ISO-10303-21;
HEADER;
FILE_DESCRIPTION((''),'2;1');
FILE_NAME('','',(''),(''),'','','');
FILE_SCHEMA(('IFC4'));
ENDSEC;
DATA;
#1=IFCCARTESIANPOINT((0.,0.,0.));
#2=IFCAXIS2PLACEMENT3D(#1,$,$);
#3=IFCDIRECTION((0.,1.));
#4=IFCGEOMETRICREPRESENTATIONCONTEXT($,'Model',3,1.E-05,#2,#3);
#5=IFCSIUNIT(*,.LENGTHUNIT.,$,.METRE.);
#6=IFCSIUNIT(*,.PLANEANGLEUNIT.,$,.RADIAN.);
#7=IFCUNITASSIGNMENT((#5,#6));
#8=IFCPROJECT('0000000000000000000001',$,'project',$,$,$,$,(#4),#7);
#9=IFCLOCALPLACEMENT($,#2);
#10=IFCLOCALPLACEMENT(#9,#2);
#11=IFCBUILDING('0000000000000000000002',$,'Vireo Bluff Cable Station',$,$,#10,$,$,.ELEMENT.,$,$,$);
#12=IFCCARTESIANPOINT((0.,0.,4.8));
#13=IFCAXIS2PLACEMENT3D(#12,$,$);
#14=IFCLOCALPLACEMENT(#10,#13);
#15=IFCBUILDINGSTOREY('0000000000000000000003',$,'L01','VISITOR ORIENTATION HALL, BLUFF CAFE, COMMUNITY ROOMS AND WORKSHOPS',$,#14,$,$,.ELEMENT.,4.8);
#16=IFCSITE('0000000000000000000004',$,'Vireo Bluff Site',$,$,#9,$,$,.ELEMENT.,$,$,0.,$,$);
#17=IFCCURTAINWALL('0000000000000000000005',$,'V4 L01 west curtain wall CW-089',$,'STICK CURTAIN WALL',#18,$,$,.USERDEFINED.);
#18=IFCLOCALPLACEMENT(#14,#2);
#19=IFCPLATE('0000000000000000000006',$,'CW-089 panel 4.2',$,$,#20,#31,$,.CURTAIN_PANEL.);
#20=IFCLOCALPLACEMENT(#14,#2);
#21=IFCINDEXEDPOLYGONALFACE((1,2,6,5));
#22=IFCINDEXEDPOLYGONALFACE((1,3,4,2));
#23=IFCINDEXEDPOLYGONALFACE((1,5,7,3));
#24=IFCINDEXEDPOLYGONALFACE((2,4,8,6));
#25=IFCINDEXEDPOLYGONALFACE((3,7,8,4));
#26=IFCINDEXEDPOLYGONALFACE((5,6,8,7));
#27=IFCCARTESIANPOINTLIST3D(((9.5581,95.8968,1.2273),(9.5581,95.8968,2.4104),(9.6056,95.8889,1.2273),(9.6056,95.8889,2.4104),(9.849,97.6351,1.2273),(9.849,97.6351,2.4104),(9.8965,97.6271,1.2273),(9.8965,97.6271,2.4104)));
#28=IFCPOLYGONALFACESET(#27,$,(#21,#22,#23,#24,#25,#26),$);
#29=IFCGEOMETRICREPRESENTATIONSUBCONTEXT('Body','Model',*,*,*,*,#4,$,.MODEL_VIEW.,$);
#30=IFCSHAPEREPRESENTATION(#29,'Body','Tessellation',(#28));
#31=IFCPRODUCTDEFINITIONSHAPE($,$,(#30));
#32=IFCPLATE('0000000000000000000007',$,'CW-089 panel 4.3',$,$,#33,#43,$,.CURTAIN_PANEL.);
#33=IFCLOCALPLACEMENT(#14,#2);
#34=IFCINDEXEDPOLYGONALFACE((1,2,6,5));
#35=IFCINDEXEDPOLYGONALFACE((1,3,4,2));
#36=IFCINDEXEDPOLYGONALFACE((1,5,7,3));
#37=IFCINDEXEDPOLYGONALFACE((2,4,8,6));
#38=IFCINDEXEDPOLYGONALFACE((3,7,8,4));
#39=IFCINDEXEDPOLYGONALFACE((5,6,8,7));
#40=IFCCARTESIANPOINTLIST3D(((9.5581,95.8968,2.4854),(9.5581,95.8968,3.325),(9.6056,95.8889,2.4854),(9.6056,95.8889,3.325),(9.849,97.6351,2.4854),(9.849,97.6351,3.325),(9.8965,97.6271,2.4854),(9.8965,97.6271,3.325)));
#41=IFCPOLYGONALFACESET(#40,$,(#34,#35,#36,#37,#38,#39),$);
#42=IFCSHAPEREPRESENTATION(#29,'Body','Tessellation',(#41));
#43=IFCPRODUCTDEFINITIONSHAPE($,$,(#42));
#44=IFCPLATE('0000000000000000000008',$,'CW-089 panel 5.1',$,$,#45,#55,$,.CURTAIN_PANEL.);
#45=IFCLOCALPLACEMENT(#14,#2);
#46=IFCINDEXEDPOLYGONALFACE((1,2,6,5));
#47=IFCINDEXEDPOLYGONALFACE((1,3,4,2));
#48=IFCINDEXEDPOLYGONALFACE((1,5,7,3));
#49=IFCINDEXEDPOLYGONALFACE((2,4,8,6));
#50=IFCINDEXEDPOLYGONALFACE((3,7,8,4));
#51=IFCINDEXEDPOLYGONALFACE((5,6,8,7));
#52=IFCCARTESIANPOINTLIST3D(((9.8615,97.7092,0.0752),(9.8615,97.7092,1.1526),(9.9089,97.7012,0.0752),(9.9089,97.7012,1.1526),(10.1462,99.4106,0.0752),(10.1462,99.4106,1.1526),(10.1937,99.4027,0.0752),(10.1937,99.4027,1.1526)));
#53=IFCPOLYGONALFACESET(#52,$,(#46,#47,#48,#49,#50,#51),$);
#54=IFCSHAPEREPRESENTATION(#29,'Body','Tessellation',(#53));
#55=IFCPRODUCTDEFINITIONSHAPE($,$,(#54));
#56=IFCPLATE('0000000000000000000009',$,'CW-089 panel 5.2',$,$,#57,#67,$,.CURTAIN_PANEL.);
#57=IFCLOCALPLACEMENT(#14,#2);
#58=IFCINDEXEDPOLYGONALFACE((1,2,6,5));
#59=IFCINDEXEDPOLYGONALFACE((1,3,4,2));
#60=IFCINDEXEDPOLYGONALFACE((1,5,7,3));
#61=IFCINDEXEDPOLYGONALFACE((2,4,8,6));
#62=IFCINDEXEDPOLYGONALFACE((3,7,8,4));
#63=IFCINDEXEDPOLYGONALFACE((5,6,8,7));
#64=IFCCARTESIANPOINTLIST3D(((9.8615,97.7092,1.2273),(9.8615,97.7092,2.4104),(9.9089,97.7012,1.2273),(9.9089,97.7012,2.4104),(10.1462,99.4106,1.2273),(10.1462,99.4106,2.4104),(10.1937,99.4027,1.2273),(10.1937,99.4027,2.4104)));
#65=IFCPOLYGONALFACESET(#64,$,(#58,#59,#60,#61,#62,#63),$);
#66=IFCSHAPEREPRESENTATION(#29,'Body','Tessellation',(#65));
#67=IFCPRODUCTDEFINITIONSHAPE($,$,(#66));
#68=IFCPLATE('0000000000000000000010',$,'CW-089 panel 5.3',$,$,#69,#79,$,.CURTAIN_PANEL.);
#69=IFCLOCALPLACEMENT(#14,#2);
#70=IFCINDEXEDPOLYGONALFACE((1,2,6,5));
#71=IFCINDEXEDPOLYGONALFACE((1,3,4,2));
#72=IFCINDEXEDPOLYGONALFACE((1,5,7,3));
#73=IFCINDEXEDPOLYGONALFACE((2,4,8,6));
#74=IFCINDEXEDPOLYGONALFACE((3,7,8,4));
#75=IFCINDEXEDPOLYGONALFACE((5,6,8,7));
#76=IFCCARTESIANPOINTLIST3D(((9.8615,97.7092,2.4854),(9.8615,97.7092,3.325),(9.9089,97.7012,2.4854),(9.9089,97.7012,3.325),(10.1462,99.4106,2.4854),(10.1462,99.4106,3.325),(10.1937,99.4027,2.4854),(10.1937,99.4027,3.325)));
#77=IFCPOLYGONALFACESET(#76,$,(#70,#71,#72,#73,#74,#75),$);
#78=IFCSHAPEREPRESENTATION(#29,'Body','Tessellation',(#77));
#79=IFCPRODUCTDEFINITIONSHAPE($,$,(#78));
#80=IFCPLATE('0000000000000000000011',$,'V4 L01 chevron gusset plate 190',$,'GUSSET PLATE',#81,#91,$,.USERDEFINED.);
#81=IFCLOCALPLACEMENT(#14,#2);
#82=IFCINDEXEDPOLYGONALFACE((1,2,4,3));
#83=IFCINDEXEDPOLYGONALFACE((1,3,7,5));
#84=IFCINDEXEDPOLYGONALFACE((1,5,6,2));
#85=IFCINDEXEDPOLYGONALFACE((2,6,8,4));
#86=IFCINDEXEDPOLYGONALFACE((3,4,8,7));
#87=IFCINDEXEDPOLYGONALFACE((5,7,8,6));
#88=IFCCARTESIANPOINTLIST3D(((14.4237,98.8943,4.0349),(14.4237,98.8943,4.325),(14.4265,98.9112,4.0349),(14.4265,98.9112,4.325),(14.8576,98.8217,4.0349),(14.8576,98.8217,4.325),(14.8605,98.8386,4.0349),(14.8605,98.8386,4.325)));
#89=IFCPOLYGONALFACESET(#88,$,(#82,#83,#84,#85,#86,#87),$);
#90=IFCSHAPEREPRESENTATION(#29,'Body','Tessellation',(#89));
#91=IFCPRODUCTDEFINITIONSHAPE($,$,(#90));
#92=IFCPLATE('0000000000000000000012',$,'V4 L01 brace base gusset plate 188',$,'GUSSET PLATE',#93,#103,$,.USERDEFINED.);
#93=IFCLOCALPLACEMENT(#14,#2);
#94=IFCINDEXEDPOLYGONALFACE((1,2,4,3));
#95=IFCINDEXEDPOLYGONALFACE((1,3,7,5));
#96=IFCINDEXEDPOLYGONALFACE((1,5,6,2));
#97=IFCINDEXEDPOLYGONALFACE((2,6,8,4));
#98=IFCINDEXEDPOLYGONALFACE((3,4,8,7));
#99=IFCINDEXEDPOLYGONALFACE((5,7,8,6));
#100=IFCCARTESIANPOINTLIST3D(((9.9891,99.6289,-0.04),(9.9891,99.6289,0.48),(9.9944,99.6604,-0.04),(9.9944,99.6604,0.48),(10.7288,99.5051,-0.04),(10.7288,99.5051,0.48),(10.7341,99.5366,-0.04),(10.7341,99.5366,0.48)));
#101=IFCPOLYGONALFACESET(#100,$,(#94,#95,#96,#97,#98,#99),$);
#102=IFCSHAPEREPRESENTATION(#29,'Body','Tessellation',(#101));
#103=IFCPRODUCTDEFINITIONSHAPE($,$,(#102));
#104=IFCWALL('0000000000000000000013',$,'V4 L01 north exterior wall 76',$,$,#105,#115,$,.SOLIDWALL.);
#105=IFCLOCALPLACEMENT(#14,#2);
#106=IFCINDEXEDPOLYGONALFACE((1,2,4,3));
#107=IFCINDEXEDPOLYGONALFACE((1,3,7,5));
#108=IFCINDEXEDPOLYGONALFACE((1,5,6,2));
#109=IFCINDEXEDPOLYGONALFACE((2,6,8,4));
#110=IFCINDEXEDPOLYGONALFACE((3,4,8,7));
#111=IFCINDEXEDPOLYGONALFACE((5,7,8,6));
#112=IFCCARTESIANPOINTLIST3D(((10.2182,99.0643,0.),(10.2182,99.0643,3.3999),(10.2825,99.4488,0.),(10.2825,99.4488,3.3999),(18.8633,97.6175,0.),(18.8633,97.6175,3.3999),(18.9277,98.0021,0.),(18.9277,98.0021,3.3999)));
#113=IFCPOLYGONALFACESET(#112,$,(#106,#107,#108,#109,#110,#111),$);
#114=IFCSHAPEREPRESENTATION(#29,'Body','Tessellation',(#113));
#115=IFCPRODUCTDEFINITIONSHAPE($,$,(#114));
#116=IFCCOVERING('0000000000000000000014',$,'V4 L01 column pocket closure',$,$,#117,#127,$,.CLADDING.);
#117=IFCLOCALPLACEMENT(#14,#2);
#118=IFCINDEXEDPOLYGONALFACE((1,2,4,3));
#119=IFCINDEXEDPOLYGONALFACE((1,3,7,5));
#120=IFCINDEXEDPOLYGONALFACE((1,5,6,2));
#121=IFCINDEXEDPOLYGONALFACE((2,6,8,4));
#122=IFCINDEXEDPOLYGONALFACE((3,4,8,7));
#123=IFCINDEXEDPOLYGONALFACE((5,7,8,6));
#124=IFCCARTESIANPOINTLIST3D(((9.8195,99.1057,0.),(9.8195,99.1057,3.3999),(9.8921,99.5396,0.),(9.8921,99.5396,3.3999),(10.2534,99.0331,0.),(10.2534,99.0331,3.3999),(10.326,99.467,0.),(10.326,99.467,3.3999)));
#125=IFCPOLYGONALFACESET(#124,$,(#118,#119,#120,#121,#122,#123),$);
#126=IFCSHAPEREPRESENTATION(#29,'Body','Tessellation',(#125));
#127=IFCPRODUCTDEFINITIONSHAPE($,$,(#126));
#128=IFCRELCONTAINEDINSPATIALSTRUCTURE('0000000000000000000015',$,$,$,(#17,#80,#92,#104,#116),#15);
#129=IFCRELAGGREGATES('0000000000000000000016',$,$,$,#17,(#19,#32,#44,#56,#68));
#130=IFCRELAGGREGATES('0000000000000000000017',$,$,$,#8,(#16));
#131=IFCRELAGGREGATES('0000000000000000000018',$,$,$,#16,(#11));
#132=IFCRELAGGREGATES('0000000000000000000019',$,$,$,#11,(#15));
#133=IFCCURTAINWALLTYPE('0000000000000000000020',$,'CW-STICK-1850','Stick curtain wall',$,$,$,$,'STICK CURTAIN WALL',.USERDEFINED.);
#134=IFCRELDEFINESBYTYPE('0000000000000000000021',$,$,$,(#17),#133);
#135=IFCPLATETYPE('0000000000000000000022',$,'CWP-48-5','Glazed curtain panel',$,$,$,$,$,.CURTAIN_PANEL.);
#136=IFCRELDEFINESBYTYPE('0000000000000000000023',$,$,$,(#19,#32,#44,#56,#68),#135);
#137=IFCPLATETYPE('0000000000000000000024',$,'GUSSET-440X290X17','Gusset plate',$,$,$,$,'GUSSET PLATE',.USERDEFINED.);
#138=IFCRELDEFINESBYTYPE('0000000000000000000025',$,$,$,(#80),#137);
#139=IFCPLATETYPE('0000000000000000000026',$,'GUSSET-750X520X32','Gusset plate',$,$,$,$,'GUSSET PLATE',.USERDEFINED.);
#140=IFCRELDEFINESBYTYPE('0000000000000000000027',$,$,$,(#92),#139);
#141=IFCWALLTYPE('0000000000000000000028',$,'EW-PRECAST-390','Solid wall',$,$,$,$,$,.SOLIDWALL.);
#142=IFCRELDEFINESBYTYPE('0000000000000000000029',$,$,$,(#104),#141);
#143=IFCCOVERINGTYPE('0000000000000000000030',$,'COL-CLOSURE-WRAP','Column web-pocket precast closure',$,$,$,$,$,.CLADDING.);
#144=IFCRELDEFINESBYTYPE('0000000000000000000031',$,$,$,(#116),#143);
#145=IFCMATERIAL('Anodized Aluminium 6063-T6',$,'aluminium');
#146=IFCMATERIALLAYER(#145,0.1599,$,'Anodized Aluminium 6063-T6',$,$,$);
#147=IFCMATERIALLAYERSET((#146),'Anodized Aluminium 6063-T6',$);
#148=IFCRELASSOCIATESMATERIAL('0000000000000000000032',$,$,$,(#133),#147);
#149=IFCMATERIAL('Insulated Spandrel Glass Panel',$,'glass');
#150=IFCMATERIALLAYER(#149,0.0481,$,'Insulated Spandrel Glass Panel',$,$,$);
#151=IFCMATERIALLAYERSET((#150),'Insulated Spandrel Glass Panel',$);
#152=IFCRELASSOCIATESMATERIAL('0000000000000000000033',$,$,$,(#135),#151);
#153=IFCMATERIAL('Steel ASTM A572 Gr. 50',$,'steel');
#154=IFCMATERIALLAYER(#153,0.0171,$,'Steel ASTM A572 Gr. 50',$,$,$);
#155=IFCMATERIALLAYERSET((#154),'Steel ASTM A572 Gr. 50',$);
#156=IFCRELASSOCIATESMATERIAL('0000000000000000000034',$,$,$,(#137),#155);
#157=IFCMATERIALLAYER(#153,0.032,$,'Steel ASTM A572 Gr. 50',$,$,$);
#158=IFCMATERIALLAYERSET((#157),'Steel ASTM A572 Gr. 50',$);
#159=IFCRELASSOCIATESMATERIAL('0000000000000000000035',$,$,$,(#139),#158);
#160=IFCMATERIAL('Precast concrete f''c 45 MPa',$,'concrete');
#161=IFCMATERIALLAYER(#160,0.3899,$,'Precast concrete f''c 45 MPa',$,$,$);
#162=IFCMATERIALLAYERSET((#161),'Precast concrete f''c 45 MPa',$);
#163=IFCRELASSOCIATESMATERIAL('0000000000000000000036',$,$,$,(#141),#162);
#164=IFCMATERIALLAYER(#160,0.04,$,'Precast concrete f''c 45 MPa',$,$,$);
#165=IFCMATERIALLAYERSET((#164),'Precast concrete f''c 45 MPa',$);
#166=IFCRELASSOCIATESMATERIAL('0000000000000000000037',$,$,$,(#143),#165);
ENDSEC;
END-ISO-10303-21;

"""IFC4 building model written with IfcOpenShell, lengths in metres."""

from ifc_helpers import new_model, si_unit, direction, frame, frame_2d, origin, origin_2d, place, context, subcontext, project, spatial, rectangle, extrude, material, layer, layer_set, type_object, element, aggregate, save


model = new_model("IFC4")

# Units and contexts
model_context = context("Model", 3, precision=1e-05, world=origin(), true_north=direction((0.0, 1.0)))
body_context = subcontext(model_context, "Body", "Model", "MODEL_VIEW")
ifc_project = project(units=[si_unit("LENGTHUNIT", "METRE"), si_unit("PLANEANGLEUNIT", "RADIAN")], contexts=[model_context])

# Site, building, storey
site_placement = place(None, origin())
site = spatial("IfcSite", under=ifc_project, at=site_placement, Name="Vireo Bluff Site", CompositionType="ELEMENT", RefElevation=0.0)
building_placement = place(site_placement, origin())
building = spatial("IfcBuilding", under=site, at=building_placement, Name="Vireo Bluff Cable Station", CompositionType="ELEMENT")
storey_placement = place(building_placement, frame((0.0, 0.0, 4.8)))
storey = spatial("IfcBuildingStorey", under=building, at=storey_placement, Name="L01", Description="VISITOR ORIENTATION HALL, BLUFF CAFE, COMMUNITY ROOMS AND WORKSHOPS", CompositionType="ELEMENT", Elevation=4.8)

# Curtain wall
ifc_material_1 = material(Name="Anodized Aluminium 6063-T6", Category="aluminium")
ifc_layer_1 = layer(ifc_material_1, 0.1599, Name="Anodized Aluminium 6063-T6")
ifc_layer_set_1 = layer_set([ifc_layer_1], Name="Anodized Aluminium 6063-T6")
curtain_wall_type = type_object("IfcCurtainWallType", Name="CW-STICK-1850", Description="Stick curtain wall", ElementType="STICK CURTAIN WALL", PredefinedType="USERDEFINED", material=ifc_layer_set_1)
curtain_wall_placement = place(storey_placement, origin())
curtain_wall = element("IfcCurtainWall", 1, at=curtain_wall_placement, inside=storey, type_object=curtain_wall_type, Name="V4 L01 west curtain wall CW-089", ObjectType="STICK CURTAIN WALL", PredefinedType="USERDEFINED")

# Plates
ifc_material_2 = material(Name="Insulated Spandrel Glass Panel", Category="glass")
ifc_layer_2 = layer(ifc_material_2, 0.0481, Name="Insulated Spandrel Glass Panel")
ifc_layer_set_2 = layer_set([ifc_layer_2], Name="Insulated Spandrel Glass Panel")
plate_type_1 = type_object("IfcPlateType", Name="CWP-48-5", Description="Glazed curtain panel", PredefinedType="CURTAIN_PANEL", material=ifc_layer_set_2)
plate_1_placement = place(storey_placement, frame((9.7273, 96.762, 1.2273), z_axis=(0.0, 0.0, 1.0), x_axis=(0.165048, 0.986286, 0.0)))
plate_1 = element("IfcPlate", 2, at=plate_1_placement, type_object=plate_type_1, Name="CW-089 panel 4.2", PredefinedType="CURTAIN_PANEL", context=body_context, shape_type="SweptSolid", body=[
    extrude(rectangle(XDim=1.7625, YDim=0.0481, at=origin_2d()), origin(), (0.0, 0.0, 1.0), 1.1831),
])
plate_2_placement = place(storey_placement, frame((9.7273, 96.762, 2.4854), z_axis=(0.0, 0.0, 1.0), x_axis=(0.165048, 0.986286, 0.0)))
plate_2 = element("IfcPlate", 3, at=plate_2_placement, type_object=plate_type_1, Name="CW-089 panel 4.3", PredefinedType="CURTAIN_PANEL", context=body_context, shape_type="SweptSolid", body=[
    extrude(rectangle(XDim=1.7625, YDim=0.0481, at=origin_2d()), origin(), (0.0, 0.0, 1.0), 0.8396),
])
plate_3_placement = place(storey_placement, frame((10.0276, 98.5559, 0.0752), z_axis=(0.0, 0.0, 1.0), x_axis=(0.165048, 0.986286, 0.0)))
plate_3 = element("IfcPlate", 4, at=plate_3_placement, type_object=plate_type_1, Name="CW-089 panel 5.1", PredefinedType="CURTAIN_PANEL", context=body_context, shape_type="SweptSolid", body=[
    extrude(rectangle(XDim=1.7251, YDim=0.0481, at=origin_2d()), origin(), (0.0, 0.0, 1.0), 1.0774),
])
plate_4_placement = place(storey_placement, frame((10.0276, 98.5559, 1.2273), z_axis=(0.0, 0.0, 1.0), x_axis=(0.165048, 0.986286, 0.0)))
plate_4 = element("IfcPlate", 5, at=plate_4_placement, type_object=plate_type_1, Name="CW-089 panel 5.2", PredefinedType="CURTAIN_PANEL", context=body_context, shape_type="SweptSolid", body=[
    extrude(rectangle(XDim=1.7251, YDim=0.0481, at=origin_2d()), origin(), (0.0, 0.0, 1.0), 1.1831),
])
plate_5_placement = place(storey_placement, frame((10.0276, 98.5559, 2.4854), z_axis=(0.0, 0.0, 1.0), x_axis=(0.165048, 0.986286, 0.0)))
plate_5 = element("IfcPlate", 6, at=plate_5_placement, type_object=plate_type_1, Name="CW-089 panel 5.3", PredefinedType="CURTAIN_PANEL", context=body_context, shape_type="SweptSolid", body=[
    extrude(rectangle(XDim=1.7251, YDim=0.0481, at=origin_2d()), origin(), (0.0, 0.0, 1.0), 0.8396),
])
aggregate(curtain_wall, [plate_1, plate_2, plate_3, plate_4, plate_5])

# Plates
ifc_material_3 = material(Name="Steel ASTM A572 Gr. 50", Category="steel")
ifc_layer_3 = layer(ifc_material_3, 0.0171, Name="Steel ASTM A572 Gr. 50")
ifc_layer_set_3 = layer_set([ifc_layer_3], Name="Steel ASTM A572 Gr. 50")
plate_type_2 = type_object("IfcPlateType", Name="GUSSET-440X290X17", Description="Gusset plate", ElementType="GUSSET PLATE", PredefinedType="USERDEFINED", material=ifc_layer_set_3)
plate_6_placement = place(storey_placement, frame((14.6421, 98.8665, 4.0349), z_axis=(0.0, 0.0, 1.0), x_axis=(0.986286, -0.165048, 0.0)))
element("IfcPlate", 7, at=plate_6_placement, inside=storey, type_object=plate_type_2, Name="V4 L01 chevron gusset plate 190", ObjectType="GUSSET PLATE", PredefinedType="USERDEFINED", context=body_context, shape_type="SweptSolid", body=[
    extrude(rectangle(XDim=0.4399, YDim=0.0171, at=origin_2d()), origin(), (0.0, 0.0, 1.0), 0.29),
])
ifc_layer_4 = layer(ifc_material_3, 0.032, Name="Steel ASTM A572 Gr. 50")
ifc_layer_set_4 = layer_set([ifc_layer_4], Name="Steel ASTM A572 Gr. 50")
plate_type_3 = type_object("IfcPlateType", Name="GUSSET-750X520X32", Description="Gusset plate", ElementType="GUSSET PLATE", PredefinedType="USERDEFINED", material=ifc_layer_set_4)
plate_7_placement = place(storey_placement, frame((10.3616, 99.5828, -0.04), z_axis=(0.0, 0.0, 1.0), x_axis=(0.986286, -0.165048, 0.0)))
element("IfcPlate", 8, at=plate_7_placement, inside=storey, type_object=plate_type_3, Name="V4 L01 brace base gusset plate 188", ObjectType="GUSSET PLATE", PredefinedType="USERDEFINED", context=body_context, shape_type="SweptSolid", body=[
    extrude(rectangle(XDim=0.75, YDim=0.032, at=origin_2d()), origin(), (0.0, 0.0, 1.0), 0.52),
])

# Wall
ifc_material_4 = material(Name="Precast concrete f'c 45 MPa", Category="concrete")
ifc_layer_5 = layer(ifc_material_4, 0.3899, Name="Precast concrete f'c 45 MPa")
ifc_layer_set_5 = layer_set([ifc_layer_5], Name="Precast concrete f'c 45 MPa")
wall_type = type_object("IfcWallType", Name="EW-PRECAST-390", Description="Solid wall", PredefinedType="SOLIDWALL", material=ifc_layer_set_5)
wall_placement = place(storey_placement, frame((10.2502, 99.2566, 0.0), z_axis=(0.0, 0.0, 1.0), x_axis=(0.986285, -0.165054, 0.0)))
element("IfcWall", 9, at=wall_placement, inside=storey, type_object=wall_type, Name="V4 L01 north exterior wall 76", PredefinedType="SOLIDWALL", context=body_context, shape_type="SweptSolid", body=[
    extrude(rectangle(XDim=8.7654, YDim=0.3899, at=frame_2d((4.3828, 0.0))), origin(), (0.0, 0.0, 1.0), 3.3999),
])

# Covering
ifc_layer_6 = layer(ifc_material_4, 0.04, Name="Precast concrete f'c 45 MPa")
ifc_layer_set_6 = layer_set([ifc_layer_6], Name="Precast concrete f'c 45 MPa")
covering_type = type_object("IfcCoveringType", Name="COL-CLOSURE-WRAP", Description="Column web-pocket precast closure", PredefinedType="CLADDING", material=ifc_layer_set_6)
covering_placement = place(storey_placement, frame((10.0728, 99.2864, 0.0), z_axis=(0.0, 0.0, 1.0), x_axis=(0.986286, -0.165048, 0.0)))
element("IfcCovering", 10, at=covering_placement, inside=storey, type_object=covering_type, Name="V4 L01 column pocket closure", PredefinedType="CLADDING", context=body_context, shape_type="SweptSolid", body=[
    extrude(rectangle(XDim=0.4399, YDim=0.4399, at=origin_2d()), origin(), (0.0, 0.0, 1.0), 3.3999),
])

save(model, "model.ifc")
